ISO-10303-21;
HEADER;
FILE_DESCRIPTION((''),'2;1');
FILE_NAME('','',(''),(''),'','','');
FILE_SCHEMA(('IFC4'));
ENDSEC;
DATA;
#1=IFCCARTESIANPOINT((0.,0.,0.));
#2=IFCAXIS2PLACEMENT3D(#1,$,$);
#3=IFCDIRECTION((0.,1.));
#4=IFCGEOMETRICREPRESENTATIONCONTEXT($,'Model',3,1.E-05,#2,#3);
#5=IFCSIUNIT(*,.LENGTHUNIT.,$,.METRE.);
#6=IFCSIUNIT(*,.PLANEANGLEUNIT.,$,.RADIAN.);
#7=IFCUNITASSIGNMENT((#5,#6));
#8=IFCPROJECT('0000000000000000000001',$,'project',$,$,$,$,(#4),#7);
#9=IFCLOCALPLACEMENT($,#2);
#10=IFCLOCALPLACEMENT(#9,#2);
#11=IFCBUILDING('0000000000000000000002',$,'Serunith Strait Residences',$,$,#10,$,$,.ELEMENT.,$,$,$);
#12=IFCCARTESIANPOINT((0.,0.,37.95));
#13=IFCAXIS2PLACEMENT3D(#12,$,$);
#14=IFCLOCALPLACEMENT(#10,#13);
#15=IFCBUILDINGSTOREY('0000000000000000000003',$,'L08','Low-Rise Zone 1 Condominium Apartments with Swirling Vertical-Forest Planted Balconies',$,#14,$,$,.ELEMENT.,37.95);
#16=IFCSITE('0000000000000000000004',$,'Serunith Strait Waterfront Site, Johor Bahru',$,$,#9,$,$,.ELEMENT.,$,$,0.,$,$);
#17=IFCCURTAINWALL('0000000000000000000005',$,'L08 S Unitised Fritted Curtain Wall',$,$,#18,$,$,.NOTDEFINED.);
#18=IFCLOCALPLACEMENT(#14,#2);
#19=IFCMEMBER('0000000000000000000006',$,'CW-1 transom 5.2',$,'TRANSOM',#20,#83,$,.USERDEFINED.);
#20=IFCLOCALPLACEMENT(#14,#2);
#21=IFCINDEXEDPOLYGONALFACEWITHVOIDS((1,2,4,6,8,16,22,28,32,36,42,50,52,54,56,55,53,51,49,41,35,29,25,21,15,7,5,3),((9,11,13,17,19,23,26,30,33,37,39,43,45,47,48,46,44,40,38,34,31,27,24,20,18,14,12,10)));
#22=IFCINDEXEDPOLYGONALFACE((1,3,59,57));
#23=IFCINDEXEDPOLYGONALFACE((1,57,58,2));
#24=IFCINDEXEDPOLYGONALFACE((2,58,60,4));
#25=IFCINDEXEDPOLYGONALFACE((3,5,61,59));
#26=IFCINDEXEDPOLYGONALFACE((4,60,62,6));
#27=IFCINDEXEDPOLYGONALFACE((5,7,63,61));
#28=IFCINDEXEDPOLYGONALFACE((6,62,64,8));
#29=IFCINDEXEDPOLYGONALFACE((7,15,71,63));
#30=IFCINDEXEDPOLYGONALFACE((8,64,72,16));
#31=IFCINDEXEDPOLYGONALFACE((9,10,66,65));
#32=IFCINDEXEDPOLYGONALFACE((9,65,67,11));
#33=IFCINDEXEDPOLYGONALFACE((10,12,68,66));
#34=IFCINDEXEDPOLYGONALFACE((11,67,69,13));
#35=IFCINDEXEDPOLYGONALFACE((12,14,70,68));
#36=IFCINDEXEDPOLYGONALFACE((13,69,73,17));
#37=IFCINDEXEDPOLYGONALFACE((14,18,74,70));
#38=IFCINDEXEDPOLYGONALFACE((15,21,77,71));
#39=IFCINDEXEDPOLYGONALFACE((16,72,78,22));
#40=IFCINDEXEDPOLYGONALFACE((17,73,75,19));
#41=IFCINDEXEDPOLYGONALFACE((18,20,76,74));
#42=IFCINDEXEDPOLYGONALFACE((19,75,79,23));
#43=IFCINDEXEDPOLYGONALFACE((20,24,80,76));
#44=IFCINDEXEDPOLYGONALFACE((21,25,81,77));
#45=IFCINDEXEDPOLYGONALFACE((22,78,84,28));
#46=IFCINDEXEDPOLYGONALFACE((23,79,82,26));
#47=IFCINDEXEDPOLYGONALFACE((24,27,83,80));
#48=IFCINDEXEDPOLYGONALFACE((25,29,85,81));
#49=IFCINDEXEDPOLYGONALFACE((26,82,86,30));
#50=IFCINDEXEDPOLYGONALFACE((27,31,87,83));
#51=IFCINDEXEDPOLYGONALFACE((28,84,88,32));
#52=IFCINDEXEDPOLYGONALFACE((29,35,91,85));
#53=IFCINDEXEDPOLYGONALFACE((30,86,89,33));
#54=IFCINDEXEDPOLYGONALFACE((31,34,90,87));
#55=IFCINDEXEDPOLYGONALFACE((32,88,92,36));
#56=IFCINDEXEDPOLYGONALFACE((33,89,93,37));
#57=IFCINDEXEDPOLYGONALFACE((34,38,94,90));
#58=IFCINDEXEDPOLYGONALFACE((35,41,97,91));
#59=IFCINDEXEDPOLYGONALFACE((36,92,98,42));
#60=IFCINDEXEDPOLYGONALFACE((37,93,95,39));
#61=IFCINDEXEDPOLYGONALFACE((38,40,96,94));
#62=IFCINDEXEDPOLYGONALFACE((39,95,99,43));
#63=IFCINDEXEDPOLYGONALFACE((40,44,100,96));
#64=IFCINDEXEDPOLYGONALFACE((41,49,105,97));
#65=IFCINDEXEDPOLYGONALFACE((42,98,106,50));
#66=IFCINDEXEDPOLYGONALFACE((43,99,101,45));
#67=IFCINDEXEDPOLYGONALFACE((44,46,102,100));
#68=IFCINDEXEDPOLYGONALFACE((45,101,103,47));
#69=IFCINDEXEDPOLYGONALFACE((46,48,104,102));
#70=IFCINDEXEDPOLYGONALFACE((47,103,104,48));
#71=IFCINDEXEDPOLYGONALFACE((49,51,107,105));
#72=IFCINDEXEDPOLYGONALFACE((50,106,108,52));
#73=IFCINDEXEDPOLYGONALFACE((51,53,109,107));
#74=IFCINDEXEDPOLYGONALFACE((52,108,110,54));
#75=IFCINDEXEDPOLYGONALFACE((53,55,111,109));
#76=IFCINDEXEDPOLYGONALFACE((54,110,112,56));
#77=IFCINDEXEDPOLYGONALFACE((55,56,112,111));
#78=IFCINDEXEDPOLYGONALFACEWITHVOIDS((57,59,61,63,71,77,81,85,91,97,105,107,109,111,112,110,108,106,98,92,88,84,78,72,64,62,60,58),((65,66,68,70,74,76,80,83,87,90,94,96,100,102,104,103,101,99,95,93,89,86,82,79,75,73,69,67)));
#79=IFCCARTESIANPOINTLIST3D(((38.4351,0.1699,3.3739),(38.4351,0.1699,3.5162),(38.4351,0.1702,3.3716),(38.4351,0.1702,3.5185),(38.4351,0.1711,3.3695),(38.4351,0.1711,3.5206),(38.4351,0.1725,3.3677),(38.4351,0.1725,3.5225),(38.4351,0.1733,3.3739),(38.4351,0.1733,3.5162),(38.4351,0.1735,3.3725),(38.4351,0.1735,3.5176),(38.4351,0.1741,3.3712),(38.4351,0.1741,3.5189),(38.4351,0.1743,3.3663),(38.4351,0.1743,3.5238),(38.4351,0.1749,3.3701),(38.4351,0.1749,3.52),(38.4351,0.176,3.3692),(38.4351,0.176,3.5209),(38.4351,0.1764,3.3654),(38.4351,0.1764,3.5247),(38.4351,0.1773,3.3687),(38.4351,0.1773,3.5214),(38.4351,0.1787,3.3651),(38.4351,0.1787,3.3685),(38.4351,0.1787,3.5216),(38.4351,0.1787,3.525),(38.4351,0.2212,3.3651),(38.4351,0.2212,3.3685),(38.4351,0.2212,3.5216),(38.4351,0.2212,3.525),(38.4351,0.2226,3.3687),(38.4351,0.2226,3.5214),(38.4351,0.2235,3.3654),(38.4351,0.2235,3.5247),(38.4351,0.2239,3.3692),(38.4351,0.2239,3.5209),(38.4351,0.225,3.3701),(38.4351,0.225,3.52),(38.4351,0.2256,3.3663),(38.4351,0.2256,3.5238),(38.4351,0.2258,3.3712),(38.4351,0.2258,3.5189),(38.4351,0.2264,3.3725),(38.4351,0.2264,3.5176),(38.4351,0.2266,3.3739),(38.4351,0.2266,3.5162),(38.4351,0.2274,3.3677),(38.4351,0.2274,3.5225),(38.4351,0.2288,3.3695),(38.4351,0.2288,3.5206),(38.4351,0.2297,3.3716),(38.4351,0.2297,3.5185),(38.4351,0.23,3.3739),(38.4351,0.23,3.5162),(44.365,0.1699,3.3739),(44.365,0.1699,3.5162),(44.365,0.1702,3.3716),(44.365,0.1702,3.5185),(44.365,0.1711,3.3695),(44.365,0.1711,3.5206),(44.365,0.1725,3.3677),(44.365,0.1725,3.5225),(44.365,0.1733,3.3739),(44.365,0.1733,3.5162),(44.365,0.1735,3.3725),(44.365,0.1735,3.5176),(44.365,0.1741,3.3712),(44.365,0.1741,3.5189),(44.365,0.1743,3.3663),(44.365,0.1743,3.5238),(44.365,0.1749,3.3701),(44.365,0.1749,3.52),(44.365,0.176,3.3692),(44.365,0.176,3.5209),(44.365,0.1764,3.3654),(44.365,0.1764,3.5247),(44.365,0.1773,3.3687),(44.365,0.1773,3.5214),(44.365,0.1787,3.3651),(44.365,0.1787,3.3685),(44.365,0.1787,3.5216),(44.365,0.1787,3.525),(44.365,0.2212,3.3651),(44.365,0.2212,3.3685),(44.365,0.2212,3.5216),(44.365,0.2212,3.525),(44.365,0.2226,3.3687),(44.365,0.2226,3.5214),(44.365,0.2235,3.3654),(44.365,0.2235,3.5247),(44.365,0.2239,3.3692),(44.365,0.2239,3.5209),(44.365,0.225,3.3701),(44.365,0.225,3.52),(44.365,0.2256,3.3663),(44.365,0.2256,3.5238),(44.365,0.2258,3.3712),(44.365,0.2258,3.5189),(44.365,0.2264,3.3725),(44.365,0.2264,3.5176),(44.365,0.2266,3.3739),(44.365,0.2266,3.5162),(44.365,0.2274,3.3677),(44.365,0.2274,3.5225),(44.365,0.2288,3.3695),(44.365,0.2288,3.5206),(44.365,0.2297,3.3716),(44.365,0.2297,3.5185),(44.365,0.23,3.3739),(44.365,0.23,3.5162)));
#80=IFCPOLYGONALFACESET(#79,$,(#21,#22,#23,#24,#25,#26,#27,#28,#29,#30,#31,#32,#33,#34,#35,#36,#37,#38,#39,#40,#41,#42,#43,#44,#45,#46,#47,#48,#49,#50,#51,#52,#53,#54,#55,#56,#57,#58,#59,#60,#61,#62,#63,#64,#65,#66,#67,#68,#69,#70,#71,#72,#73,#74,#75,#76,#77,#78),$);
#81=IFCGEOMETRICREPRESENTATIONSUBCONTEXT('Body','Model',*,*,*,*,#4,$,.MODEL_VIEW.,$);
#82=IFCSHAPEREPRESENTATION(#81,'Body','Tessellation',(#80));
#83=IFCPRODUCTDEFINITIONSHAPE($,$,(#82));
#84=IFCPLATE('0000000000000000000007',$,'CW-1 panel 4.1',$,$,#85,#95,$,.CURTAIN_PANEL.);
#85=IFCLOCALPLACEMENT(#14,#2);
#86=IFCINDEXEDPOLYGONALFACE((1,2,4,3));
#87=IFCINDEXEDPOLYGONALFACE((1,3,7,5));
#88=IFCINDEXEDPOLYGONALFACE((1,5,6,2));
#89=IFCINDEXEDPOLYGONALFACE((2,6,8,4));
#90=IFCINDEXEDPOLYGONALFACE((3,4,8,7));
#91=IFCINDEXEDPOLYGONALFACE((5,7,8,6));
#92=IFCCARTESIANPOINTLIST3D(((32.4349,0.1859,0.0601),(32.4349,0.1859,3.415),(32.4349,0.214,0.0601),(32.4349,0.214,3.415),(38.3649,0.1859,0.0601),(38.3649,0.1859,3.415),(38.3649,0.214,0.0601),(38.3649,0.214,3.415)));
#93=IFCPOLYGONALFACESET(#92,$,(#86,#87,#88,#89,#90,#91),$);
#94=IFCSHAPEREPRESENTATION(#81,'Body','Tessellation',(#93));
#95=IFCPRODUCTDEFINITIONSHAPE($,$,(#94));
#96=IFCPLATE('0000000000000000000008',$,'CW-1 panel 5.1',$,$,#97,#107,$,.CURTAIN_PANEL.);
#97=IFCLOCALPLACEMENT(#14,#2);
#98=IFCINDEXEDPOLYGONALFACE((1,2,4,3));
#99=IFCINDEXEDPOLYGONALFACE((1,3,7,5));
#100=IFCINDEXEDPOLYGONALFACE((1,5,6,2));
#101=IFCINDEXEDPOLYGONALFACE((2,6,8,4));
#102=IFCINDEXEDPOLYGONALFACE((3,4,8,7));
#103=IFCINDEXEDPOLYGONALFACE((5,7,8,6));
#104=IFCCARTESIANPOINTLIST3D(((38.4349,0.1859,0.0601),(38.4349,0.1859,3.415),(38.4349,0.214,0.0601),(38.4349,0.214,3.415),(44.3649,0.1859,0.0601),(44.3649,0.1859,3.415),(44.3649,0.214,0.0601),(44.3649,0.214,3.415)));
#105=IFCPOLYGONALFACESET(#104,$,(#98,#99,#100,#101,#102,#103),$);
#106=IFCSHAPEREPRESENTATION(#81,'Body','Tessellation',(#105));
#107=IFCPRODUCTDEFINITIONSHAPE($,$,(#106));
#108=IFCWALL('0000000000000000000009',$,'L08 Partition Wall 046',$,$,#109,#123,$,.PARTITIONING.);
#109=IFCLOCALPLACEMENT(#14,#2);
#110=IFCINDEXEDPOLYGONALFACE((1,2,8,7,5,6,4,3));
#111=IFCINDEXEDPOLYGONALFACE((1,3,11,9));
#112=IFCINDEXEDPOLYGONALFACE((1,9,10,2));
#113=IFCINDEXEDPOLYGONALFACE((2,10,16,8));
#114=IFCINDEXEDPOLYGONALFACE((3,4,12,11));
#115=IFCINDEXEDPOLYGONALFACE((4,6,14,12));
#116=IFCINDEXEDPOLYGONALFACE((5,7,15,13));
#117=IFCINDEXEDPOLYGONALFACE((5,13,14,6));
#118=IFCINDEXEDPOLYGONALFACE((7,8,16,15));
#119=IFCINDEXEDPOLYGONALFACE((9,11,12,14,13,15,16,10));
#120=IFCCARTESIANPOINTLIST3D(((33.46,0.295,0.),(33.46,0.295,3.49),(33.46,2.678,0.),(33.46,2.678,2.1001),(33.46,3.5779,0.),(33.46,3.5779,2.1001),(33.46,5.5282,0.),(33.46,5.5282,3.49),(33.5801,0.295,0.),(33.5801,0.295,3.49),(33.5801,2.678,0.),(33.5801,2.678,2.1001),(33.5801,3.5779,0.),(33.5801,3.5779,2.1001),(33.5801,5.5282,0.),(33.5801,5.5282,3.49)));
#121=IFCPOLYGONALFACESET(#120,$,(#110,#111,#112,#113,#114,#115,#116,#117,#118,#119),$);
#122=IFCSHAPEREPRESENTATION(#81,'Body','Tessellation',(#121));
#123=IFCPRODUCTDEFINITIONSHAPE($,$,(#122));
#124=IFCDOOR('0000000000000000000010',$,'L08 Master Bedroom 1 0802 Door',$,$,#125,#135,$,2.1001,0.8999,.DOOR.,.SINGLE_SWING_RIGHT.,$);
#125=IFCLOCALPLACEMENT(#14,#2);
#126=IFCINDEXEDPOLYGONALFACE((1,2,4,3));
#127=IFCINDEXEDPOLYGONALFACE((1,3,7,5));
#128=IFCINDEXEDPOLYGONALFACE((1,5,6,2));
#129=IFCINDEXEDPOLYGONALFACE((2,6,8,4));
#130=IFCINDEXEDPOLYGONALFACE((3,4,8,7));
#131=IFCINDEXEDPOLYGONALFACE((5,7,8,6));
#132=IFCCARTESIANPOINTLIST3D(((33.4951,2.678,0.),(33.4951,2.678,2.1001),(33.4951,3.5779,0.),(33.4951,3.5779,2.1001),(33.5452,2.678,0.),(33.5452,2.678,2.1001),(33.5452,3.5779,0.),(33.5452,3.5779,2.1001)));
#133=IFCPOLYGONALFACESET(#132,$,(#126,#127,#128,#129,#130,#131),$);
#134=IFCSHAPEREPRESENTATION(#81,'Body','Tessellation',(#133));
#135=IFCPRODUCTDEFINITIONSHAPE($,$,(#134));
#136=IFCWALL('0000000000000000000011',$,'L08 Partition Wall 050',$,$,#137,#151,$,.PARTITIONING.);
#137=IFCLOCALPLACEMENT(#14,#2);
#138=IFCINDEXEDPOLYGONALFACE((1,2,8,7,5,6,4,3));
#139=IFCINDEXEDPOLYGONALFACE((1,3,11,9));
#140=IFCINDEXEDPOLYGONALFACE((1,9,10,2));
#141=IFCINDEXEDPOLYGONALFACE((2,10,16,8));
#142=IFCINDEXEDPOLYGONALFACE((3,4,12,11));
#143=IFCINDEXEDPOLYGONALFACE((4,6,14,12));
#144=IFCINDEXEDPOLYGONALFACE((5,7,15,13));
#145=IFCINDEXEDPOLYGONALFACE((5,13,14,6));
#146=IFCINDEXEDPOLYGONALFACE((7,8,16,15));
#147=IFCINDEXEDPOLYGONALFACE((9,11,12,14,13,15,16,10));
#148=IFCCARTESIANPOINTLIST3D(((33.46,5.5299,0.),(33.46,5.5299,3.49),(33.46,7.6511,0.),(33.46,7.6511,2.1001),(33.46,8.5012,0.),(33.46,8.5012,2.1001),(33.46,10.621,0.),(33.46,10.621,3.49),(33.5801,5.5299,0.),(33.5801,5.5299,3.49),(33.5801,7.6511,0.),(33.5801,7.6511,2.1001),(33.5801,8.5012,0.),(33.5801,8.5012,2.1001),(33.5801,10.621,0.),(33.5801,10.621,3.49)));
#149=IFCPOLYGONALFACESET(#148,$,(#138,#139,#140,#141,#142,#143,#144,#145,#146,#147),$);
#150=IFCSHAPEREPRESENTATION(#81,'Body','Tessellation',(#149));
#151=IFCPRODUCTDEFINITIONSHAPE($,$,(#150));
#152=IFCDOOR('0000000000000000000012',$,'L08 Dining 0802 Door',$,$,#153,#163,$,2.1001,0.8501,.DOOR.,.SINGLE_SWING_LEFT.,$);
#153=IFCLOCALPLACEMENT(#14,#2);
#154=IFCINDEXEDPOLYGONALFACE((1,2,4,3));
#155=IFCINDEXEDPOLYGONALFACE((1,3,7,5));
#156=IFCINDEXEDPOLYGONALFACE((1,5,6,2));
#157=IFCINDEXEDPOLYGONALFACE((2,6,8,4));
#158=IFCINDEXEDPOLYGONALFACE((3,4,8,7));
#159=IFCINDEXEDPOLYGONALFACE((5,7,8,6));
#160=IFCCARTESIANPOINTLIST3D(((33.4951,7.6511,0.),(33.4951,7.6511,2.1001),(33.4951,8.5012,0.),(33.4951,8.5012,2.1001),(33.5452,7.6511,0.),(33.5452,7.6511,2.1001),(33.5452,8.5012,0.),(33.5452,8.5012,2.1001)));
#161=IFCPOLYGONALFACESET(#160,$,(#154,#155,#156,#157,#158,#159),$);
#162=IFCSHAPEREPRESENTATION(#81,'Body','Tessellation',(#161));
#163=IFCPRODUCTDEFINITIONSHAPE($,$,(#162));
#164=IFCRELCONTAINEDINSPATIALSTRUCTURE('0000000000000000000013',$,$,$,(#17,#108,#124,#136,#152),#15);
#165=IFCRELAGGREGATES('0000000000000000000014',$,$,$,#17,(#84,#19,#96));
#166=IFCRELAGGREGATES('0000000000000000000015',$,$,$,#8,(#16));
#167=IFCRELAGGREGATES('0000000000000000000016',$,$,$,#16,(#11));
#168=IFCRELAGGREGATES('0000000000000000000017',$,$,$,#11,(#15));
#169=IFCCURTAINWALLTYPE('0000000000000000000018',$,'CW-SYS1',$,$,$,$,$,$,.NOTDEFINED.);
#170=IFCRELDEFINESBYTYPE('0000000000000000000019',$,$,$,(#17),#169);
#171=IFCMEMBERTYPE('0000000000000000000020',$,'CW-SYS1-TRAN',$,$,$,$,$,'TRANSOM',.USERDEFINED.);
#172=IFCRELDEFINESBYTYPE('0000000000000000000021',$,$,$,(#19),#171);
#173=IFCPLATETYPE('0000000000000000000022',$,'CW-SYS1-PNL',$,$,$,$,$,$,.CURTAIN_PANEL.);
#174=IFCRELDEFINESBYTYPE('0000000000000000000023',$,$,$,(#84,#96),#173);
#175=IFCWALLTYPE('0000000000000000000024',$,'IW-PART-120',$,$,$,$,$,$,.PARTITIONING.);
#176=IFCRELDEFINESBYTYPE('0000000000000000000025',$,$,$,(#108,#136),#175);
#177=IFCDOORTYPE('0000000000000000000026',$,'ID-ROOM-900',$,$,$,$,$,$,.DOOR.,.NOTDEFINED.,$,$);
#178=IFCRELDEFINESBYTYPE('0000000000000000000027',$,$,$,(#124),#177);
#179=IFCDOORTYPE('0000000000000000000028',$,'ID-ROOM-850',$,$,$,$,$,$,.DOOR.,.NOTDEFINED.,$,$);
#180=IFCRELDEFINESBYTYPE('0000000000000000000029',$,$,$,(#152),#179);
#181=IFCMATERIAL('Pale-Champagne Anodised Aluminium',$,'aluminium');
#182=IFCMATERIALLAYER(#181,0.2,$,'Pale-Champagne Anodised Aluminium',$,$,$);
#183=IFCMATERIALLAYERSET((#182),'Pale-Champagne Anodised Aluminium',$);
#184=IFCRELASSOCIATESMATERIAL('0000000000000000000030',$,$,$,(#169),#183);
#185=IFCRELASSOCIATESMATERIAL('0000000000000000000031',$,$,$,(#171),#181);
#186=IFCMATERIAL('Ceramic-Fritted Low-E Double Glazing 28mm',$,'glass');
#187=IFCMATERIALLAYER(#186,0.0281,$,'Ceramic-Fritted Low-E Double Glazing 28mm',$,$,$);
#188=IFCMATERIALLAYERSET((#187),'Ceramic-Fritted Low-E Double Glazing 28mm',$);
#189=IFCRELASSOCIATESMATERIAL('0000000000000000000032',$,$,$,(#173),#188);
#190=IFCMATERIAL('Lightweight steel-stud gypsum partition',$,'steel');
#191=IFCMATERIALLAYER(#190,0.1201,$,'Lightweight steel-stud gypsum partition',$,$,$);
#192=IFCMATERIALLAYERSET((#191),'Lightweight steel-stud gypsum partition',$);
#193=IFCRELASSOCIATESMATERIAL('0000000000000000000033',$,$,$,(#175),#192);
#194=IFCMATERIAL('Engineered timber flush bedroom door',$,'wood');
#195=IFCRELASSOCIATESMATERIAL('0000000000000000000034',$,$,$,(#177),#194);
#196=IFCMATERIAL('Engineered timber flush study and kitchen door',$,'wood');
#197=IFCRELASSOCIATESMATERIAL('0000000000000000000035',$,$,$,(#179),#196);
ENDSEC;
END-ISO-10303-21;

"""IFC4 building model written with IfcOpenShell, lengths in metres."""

from ifc_helpers import new_model, si_unit, direction, frame, frame_2d, origin, origin_2d, place, context, subcontext, project, spatial, rectangle, hollow_rectangle, extrude, source, transform, mapped, material, layer, layer_set, material_profile, profile_set, type_object, element, fill, aggregate, save


model = new_model("IFC4")

# Units and contexts
model_context = context("Model", 3, precision=1e-05, world=origin(), true_north=direction((0.0, 1.0)))
body_context = subcontext(model_context, "Body", "Model", "MODEL_VIEW")
ifc_project = project(units=[si_unit("LENGTHUNIT", "METRE"), si_unit("PLANEANGLEUNIT", "RADIAN")], contexts=[model_context])

# Site, building, storey
site_placement = place(None, origin())
site = spatial("IfcSite", under=ifc_project, at=site_placement, Name="Serunith Strait Waterfront Site, Johor Bahru", CompositionType="ELEMENT", RefElevation=0.0)
building_placement = place(site_placement, origin())
building = spatial("IfcBuilding", under=site, at=building_placement, Name="Serunith Strait Residences", CompositionType="ELEMENT")
storey_placement = place(building_placement, frame((0.0, 0.0, 37.95)))
storey = spatial("IfcBuildingStorey", under=building, at=storey_placement, Name="L08", Description="Low-Rise Zone 1 Condominium Apartments with Swirling Vertical-Forest Planted Balconies", CompositionType="ELEMENT", Elevation=37.95)

# Curtain wall, member, plates
ifc_material_1 = material(Name="Pale-Champagne Anodised Aluminium", Category="aluminium")
ifc_layer_1 = layer(ifc_material_1, 0.2, Name="Pale-Champagne Anodised Aluminium")
ifc_layer_set_1 = layer_set([ifc_layer_1], Name="Pale-Champagne Anodised Aluminium")
curtain_wall_type = type_object("IfcCurtainWallType", Name="CW-SYS1", PredefinedType="NOTDEFINED", material=ifc_layer_set_1)
curtain_wall_placement = place(storey_placement, origin())
curtain_wall = element("IfcCurtainWall", 1, at=curtain_wall_placement, inside=storey, type_object=curtain_wall_type, Name="L08 S Unitised Fritted Curtain Wall", PredefinedType="NOTDEFINED")
ifc_material_profile_1 = material_profile(ifc_material_1, hollow_rectangle(XDim=0.0601, YDim=0.1599, WallThickness=0.0034, InnerFilletRadius=0.0054, OuterFilletRadius=0.0088, at=origin_2d()), Name="ALU 160x60x3.5")
ifc_profile_set_1 = profile_set([ifc_material_profile_1], Name="Pale-Champagne Anodised Aluminium")
member_type_1 = type_object("IfcMemberType", Name="CW-SYS1-TRAN", ElementType="TRANSOM", PredefinedType="USERDEFINED", material=ifc_profile_set_1)
shared_shape_1 = source(origin(), body_context, "Body", "SweptSolid", [
    extrude(hollow_rectangle(XDim=0.0601, YDim=0.1599, WallThickness=0.0034, InnerFilletRadius=0.0054, OuterFilletRadius=0.0088, at=origin_2d()), origin(), (0.0, 0.0, 1.0), 5.9299),
])
member_1_placement = place(storey_placement, frame((38.4351, 0.2, 3.4451), z_axis=(1.0, 0.0, 0.0), x_axis=(0.0, 1.0, 0.0)))
member_1 = element("IfcMember", 2, at=member_1_placement, type_object=member_type_1, Name="CW-1 transom 5.2", ObjectType="TRANSOM", PredefinedType="USERDEFINED", context=body_context, shape_type="MappedRepresentation", body=[
    mapped(shared_shape_1, transform((0.0, 0.0, 0.0), scale=1.0)),
])
ifc_material_2 = material(Name="Ceramic-Fritted Low-E Double Glazing 28mm", Category="glass")
ifc_layer_2 = layer(ifc_material_2, 0.0281, Name="Ceramic-Fritted Low-E Double Glazing 28mm")
ifc_layer_set_2 = layer_set([ifc_layer_2], Name="Ceramic-Fritted Low-E Double Glazing 28mm")
plate_type = type_object("IfcPlateType", Name="CW-SYS1-PNL", PredefinedType="CURTAIN_PANEL", material=ifc_layer_set_2)
shared_shape_2 = source(origin(), body_context, "Body", "SweptSolid", [
    extrude(rectangle(XDim=5.9299, YDim=0.0281, at=origin_2d()), origin(), (0.0, 0.0, 1.0), 3.355),
])
plate_1_placement = place(storey_placement, frame((35.3999, 0.2, 0.0601), z_axis=(0.0, 0.0, 1.0), x_axis=(1.0, 0.0, 0.0)))
plate_1 = element("IfcPlate", 3, at=plate_1_placement, type_object=plate_type, Name="CW-1 panel 4.1", PredefinedType="CURTAIN_PANEL", context=body_context, shape_type="MappedRepresentation", body=[
    mapped(shared_shape_2, transform((0.0, 0.0, 0.0), scale=1.0)),
])
plate_2_placement = place(storey_placement, frame((41.3999, 0.2, 0.0601), z_axis=(0.0, 0.0, 1.0), x_axis=(1.0, 0.0, 0.0)))
plate_2 = element("IfcPlate", 4, at=plate_2_placement, type_object=plate_type, Name="CW-1 panel 5.1", PredefinedType="CURTAIN_PANEL", context=body_context, shape_type="MappedRepresentation", body=[
    mapped(shared_shape_2, transform((0.0, 0.0, 0.0), scale=1.0)),
])
aggregate(curtain_wall, [plate_1, member_1, plate_2])

# Walls, openings, doors
ifc_material_3 = material(Name="Lightweight steel-stud gypsum partition", Category="steel")
ifc_layer_3 = layer(ifc_material_3, 0.1201, Name="Lightweight steel-stud gypsum partition")
ifc_layer_set_3 = layer_set([ifc_layer_3], Name="Lightweight steel-stud gypsum partition")
wall_type_1 = type_object("IfcWallType", Name="IW-PART-120", PredefinedType="PARTITIONING", material=ifc_layer_set_3)
wall_1_placement = place(storey_placement, frame((33.52, 0.2949, 0.0), z_axis=(0.0, 0.0, 1.0), x_axis=(0.0, 1.0, 0.0)))
wall_1 = element("IfcWall", 5, at=wall_1_placement, inside=storey, type_object=wall_type_1, Name="L08 Partition Wall 046", PredefinedType="PARTITIONING", context=body_context, shape_type="SweptSolid", body=[
    extrude(rectangle(XDim=5.2332, YDim=0.1201, at=frame_2d((2.6167, 0.0))), origin(), (0.0, 0.0, 1.0), 3.49),
])
opening_1_placement = place(wall_1_placement, frame((2.3831, 0.0, 0.0)))
opening_1 = element("IfcOpeningElement", 6, at=opening_1_placement, cuts=wall_1, PredefinedType="OPENING", context=body_context, shape_type="SweptSolid", body=[
    extrude(rectangle(XDim=0.8999, YDim=2.1001, at=frame_2d((0.45, 1.05))), frame((0.0, 0.0701, 0.0), z_axis=(0.0, -1.0, 0.0), x_axis=(1.0, 0.0, 0.0)), (0.0, 0.0, 1.0), 0.1401),
])
ifc_material_4 = material(Name="Engineered timber flush bedroom door", Category="wood")
door_type_1 = type_object("IfcDoorType", Name="ID-ROOM-900", OperationType="NOTDEFINED", PredefinedType="DOOR", material=ifc_material_4)
shared_shape_3 = source(origin(), body_context, "Body", "SweptSolid", [
    extrude(rectangle(XDim=0.8999, YDim=2.1001, at=frame_2d((0.45, 1.05))), frame((0.0, 0.0249, 0.0), z_axis=(0.0, -1.0, 0.0), x_axis=(1.0, 0.0, 0.0)), (0.0, 0.0, 1.0), 0.05),
])
door_1_placement = place(opening_1_placement, origin())
door_1 = element("IfcDoor", 7, at=door_1_placement, inside=storey, type_object=door_type_1, Name="L08 Master Bedroom 1 0802 Door", OperationType="SINGLE_SWING_RIGHT", OverallHeight=2.1001, OverallWidth=0.8999, PredefinedType="DOOR", context=body_context, shape_type="MappedRepresentation", body=[
    mapped(shared_shape_3, transform((0.0, 0.0, 0.0), scale=1.0)),
])
fill(opening_1, door_1)
wall_2_placement = place(storey_placement, frame((33.52, 5.53, 0.0), z_axis=(0.0, 0.0, 1.0), x_axis=(0.0, 1.0, 0.0)))
wall_2 = element("IfcWall", 8, at=wall_2_placement, inside=storey, type_object=wall_type_1, Name="L08 Partition Wall 050", PredefinedType="PARTITIONING", context=body_context, shape_type="SweptSolid", body=[
    extrude(rectangle(XDim=5.0911, YDim=0.1201, at=frame_2d((2.5454, 0.0))), origin(), (0.0, 0.0, 1.0), 3.49),
])
opening_2_placement = place(wall_2_placement, frame((2.1211, 0.0, 0.0)))
opening_2 = element("IfcOpeningElement", 9, at=opening_2_placement, cuts=wall_2, PredefinedType="OPENING", context=body_context, shape_type="SweptSolid", body=[
    extrude(rectangle(XDim=0.8501, YDim=2.1001, at=frame_2d((0.425, 1.05))), frame((0.0, 0.0701, 0.0), z_axis=(0.0, -1.0, 0.0), x_axis=(1.0, 0.0, 0.0)), (0.0, 0.0, 1.0), 0.1401),
])
ifc_material_5 = material(Name="Engineered timber flush study and kitchen door", Category="wood")
door_type_2 = type_object("IfcDoorType", Name="ID-ROOM-850", OperationType="NOTDEFINED", PredefinedType="DOOR", material=ifc_material_5)
shared_shape_4 = source(origin(), body_context, "Body", "SweptSolid", [
    extrude(rectangle(XDim=0.8501, YDim=2.1001, at=frame_2d((0.425, 1.05))), frame((0.0, 0.0249, 0.0), z_axis=(0.0, -1.0, 0.0), x_axis=(1.0, 0.0, 0.0)), (0.0, 0.0, 1.0), 0.05),
])
door_2_placement = place(opening_2_placement, origin())
door_2 = element("IfcDoor", 10, at=door_2_placement, inside=storey, type_object=door_type_2, Name="L08 Dining 0802 Door", OperationType="SINGLE_SWING_LEFT", OverallHeight=2.1001, OverallWidth=0.8501, PredefinedType="DOOR", context=body_context, shape_type="MappedRepresentation", body=[
    mapped(shared_shape_4, transform((0.0, 0.0, 0.0), scale=1.0)),
])
fill(opening_2, door_2)

save(model, "model.ifc")
